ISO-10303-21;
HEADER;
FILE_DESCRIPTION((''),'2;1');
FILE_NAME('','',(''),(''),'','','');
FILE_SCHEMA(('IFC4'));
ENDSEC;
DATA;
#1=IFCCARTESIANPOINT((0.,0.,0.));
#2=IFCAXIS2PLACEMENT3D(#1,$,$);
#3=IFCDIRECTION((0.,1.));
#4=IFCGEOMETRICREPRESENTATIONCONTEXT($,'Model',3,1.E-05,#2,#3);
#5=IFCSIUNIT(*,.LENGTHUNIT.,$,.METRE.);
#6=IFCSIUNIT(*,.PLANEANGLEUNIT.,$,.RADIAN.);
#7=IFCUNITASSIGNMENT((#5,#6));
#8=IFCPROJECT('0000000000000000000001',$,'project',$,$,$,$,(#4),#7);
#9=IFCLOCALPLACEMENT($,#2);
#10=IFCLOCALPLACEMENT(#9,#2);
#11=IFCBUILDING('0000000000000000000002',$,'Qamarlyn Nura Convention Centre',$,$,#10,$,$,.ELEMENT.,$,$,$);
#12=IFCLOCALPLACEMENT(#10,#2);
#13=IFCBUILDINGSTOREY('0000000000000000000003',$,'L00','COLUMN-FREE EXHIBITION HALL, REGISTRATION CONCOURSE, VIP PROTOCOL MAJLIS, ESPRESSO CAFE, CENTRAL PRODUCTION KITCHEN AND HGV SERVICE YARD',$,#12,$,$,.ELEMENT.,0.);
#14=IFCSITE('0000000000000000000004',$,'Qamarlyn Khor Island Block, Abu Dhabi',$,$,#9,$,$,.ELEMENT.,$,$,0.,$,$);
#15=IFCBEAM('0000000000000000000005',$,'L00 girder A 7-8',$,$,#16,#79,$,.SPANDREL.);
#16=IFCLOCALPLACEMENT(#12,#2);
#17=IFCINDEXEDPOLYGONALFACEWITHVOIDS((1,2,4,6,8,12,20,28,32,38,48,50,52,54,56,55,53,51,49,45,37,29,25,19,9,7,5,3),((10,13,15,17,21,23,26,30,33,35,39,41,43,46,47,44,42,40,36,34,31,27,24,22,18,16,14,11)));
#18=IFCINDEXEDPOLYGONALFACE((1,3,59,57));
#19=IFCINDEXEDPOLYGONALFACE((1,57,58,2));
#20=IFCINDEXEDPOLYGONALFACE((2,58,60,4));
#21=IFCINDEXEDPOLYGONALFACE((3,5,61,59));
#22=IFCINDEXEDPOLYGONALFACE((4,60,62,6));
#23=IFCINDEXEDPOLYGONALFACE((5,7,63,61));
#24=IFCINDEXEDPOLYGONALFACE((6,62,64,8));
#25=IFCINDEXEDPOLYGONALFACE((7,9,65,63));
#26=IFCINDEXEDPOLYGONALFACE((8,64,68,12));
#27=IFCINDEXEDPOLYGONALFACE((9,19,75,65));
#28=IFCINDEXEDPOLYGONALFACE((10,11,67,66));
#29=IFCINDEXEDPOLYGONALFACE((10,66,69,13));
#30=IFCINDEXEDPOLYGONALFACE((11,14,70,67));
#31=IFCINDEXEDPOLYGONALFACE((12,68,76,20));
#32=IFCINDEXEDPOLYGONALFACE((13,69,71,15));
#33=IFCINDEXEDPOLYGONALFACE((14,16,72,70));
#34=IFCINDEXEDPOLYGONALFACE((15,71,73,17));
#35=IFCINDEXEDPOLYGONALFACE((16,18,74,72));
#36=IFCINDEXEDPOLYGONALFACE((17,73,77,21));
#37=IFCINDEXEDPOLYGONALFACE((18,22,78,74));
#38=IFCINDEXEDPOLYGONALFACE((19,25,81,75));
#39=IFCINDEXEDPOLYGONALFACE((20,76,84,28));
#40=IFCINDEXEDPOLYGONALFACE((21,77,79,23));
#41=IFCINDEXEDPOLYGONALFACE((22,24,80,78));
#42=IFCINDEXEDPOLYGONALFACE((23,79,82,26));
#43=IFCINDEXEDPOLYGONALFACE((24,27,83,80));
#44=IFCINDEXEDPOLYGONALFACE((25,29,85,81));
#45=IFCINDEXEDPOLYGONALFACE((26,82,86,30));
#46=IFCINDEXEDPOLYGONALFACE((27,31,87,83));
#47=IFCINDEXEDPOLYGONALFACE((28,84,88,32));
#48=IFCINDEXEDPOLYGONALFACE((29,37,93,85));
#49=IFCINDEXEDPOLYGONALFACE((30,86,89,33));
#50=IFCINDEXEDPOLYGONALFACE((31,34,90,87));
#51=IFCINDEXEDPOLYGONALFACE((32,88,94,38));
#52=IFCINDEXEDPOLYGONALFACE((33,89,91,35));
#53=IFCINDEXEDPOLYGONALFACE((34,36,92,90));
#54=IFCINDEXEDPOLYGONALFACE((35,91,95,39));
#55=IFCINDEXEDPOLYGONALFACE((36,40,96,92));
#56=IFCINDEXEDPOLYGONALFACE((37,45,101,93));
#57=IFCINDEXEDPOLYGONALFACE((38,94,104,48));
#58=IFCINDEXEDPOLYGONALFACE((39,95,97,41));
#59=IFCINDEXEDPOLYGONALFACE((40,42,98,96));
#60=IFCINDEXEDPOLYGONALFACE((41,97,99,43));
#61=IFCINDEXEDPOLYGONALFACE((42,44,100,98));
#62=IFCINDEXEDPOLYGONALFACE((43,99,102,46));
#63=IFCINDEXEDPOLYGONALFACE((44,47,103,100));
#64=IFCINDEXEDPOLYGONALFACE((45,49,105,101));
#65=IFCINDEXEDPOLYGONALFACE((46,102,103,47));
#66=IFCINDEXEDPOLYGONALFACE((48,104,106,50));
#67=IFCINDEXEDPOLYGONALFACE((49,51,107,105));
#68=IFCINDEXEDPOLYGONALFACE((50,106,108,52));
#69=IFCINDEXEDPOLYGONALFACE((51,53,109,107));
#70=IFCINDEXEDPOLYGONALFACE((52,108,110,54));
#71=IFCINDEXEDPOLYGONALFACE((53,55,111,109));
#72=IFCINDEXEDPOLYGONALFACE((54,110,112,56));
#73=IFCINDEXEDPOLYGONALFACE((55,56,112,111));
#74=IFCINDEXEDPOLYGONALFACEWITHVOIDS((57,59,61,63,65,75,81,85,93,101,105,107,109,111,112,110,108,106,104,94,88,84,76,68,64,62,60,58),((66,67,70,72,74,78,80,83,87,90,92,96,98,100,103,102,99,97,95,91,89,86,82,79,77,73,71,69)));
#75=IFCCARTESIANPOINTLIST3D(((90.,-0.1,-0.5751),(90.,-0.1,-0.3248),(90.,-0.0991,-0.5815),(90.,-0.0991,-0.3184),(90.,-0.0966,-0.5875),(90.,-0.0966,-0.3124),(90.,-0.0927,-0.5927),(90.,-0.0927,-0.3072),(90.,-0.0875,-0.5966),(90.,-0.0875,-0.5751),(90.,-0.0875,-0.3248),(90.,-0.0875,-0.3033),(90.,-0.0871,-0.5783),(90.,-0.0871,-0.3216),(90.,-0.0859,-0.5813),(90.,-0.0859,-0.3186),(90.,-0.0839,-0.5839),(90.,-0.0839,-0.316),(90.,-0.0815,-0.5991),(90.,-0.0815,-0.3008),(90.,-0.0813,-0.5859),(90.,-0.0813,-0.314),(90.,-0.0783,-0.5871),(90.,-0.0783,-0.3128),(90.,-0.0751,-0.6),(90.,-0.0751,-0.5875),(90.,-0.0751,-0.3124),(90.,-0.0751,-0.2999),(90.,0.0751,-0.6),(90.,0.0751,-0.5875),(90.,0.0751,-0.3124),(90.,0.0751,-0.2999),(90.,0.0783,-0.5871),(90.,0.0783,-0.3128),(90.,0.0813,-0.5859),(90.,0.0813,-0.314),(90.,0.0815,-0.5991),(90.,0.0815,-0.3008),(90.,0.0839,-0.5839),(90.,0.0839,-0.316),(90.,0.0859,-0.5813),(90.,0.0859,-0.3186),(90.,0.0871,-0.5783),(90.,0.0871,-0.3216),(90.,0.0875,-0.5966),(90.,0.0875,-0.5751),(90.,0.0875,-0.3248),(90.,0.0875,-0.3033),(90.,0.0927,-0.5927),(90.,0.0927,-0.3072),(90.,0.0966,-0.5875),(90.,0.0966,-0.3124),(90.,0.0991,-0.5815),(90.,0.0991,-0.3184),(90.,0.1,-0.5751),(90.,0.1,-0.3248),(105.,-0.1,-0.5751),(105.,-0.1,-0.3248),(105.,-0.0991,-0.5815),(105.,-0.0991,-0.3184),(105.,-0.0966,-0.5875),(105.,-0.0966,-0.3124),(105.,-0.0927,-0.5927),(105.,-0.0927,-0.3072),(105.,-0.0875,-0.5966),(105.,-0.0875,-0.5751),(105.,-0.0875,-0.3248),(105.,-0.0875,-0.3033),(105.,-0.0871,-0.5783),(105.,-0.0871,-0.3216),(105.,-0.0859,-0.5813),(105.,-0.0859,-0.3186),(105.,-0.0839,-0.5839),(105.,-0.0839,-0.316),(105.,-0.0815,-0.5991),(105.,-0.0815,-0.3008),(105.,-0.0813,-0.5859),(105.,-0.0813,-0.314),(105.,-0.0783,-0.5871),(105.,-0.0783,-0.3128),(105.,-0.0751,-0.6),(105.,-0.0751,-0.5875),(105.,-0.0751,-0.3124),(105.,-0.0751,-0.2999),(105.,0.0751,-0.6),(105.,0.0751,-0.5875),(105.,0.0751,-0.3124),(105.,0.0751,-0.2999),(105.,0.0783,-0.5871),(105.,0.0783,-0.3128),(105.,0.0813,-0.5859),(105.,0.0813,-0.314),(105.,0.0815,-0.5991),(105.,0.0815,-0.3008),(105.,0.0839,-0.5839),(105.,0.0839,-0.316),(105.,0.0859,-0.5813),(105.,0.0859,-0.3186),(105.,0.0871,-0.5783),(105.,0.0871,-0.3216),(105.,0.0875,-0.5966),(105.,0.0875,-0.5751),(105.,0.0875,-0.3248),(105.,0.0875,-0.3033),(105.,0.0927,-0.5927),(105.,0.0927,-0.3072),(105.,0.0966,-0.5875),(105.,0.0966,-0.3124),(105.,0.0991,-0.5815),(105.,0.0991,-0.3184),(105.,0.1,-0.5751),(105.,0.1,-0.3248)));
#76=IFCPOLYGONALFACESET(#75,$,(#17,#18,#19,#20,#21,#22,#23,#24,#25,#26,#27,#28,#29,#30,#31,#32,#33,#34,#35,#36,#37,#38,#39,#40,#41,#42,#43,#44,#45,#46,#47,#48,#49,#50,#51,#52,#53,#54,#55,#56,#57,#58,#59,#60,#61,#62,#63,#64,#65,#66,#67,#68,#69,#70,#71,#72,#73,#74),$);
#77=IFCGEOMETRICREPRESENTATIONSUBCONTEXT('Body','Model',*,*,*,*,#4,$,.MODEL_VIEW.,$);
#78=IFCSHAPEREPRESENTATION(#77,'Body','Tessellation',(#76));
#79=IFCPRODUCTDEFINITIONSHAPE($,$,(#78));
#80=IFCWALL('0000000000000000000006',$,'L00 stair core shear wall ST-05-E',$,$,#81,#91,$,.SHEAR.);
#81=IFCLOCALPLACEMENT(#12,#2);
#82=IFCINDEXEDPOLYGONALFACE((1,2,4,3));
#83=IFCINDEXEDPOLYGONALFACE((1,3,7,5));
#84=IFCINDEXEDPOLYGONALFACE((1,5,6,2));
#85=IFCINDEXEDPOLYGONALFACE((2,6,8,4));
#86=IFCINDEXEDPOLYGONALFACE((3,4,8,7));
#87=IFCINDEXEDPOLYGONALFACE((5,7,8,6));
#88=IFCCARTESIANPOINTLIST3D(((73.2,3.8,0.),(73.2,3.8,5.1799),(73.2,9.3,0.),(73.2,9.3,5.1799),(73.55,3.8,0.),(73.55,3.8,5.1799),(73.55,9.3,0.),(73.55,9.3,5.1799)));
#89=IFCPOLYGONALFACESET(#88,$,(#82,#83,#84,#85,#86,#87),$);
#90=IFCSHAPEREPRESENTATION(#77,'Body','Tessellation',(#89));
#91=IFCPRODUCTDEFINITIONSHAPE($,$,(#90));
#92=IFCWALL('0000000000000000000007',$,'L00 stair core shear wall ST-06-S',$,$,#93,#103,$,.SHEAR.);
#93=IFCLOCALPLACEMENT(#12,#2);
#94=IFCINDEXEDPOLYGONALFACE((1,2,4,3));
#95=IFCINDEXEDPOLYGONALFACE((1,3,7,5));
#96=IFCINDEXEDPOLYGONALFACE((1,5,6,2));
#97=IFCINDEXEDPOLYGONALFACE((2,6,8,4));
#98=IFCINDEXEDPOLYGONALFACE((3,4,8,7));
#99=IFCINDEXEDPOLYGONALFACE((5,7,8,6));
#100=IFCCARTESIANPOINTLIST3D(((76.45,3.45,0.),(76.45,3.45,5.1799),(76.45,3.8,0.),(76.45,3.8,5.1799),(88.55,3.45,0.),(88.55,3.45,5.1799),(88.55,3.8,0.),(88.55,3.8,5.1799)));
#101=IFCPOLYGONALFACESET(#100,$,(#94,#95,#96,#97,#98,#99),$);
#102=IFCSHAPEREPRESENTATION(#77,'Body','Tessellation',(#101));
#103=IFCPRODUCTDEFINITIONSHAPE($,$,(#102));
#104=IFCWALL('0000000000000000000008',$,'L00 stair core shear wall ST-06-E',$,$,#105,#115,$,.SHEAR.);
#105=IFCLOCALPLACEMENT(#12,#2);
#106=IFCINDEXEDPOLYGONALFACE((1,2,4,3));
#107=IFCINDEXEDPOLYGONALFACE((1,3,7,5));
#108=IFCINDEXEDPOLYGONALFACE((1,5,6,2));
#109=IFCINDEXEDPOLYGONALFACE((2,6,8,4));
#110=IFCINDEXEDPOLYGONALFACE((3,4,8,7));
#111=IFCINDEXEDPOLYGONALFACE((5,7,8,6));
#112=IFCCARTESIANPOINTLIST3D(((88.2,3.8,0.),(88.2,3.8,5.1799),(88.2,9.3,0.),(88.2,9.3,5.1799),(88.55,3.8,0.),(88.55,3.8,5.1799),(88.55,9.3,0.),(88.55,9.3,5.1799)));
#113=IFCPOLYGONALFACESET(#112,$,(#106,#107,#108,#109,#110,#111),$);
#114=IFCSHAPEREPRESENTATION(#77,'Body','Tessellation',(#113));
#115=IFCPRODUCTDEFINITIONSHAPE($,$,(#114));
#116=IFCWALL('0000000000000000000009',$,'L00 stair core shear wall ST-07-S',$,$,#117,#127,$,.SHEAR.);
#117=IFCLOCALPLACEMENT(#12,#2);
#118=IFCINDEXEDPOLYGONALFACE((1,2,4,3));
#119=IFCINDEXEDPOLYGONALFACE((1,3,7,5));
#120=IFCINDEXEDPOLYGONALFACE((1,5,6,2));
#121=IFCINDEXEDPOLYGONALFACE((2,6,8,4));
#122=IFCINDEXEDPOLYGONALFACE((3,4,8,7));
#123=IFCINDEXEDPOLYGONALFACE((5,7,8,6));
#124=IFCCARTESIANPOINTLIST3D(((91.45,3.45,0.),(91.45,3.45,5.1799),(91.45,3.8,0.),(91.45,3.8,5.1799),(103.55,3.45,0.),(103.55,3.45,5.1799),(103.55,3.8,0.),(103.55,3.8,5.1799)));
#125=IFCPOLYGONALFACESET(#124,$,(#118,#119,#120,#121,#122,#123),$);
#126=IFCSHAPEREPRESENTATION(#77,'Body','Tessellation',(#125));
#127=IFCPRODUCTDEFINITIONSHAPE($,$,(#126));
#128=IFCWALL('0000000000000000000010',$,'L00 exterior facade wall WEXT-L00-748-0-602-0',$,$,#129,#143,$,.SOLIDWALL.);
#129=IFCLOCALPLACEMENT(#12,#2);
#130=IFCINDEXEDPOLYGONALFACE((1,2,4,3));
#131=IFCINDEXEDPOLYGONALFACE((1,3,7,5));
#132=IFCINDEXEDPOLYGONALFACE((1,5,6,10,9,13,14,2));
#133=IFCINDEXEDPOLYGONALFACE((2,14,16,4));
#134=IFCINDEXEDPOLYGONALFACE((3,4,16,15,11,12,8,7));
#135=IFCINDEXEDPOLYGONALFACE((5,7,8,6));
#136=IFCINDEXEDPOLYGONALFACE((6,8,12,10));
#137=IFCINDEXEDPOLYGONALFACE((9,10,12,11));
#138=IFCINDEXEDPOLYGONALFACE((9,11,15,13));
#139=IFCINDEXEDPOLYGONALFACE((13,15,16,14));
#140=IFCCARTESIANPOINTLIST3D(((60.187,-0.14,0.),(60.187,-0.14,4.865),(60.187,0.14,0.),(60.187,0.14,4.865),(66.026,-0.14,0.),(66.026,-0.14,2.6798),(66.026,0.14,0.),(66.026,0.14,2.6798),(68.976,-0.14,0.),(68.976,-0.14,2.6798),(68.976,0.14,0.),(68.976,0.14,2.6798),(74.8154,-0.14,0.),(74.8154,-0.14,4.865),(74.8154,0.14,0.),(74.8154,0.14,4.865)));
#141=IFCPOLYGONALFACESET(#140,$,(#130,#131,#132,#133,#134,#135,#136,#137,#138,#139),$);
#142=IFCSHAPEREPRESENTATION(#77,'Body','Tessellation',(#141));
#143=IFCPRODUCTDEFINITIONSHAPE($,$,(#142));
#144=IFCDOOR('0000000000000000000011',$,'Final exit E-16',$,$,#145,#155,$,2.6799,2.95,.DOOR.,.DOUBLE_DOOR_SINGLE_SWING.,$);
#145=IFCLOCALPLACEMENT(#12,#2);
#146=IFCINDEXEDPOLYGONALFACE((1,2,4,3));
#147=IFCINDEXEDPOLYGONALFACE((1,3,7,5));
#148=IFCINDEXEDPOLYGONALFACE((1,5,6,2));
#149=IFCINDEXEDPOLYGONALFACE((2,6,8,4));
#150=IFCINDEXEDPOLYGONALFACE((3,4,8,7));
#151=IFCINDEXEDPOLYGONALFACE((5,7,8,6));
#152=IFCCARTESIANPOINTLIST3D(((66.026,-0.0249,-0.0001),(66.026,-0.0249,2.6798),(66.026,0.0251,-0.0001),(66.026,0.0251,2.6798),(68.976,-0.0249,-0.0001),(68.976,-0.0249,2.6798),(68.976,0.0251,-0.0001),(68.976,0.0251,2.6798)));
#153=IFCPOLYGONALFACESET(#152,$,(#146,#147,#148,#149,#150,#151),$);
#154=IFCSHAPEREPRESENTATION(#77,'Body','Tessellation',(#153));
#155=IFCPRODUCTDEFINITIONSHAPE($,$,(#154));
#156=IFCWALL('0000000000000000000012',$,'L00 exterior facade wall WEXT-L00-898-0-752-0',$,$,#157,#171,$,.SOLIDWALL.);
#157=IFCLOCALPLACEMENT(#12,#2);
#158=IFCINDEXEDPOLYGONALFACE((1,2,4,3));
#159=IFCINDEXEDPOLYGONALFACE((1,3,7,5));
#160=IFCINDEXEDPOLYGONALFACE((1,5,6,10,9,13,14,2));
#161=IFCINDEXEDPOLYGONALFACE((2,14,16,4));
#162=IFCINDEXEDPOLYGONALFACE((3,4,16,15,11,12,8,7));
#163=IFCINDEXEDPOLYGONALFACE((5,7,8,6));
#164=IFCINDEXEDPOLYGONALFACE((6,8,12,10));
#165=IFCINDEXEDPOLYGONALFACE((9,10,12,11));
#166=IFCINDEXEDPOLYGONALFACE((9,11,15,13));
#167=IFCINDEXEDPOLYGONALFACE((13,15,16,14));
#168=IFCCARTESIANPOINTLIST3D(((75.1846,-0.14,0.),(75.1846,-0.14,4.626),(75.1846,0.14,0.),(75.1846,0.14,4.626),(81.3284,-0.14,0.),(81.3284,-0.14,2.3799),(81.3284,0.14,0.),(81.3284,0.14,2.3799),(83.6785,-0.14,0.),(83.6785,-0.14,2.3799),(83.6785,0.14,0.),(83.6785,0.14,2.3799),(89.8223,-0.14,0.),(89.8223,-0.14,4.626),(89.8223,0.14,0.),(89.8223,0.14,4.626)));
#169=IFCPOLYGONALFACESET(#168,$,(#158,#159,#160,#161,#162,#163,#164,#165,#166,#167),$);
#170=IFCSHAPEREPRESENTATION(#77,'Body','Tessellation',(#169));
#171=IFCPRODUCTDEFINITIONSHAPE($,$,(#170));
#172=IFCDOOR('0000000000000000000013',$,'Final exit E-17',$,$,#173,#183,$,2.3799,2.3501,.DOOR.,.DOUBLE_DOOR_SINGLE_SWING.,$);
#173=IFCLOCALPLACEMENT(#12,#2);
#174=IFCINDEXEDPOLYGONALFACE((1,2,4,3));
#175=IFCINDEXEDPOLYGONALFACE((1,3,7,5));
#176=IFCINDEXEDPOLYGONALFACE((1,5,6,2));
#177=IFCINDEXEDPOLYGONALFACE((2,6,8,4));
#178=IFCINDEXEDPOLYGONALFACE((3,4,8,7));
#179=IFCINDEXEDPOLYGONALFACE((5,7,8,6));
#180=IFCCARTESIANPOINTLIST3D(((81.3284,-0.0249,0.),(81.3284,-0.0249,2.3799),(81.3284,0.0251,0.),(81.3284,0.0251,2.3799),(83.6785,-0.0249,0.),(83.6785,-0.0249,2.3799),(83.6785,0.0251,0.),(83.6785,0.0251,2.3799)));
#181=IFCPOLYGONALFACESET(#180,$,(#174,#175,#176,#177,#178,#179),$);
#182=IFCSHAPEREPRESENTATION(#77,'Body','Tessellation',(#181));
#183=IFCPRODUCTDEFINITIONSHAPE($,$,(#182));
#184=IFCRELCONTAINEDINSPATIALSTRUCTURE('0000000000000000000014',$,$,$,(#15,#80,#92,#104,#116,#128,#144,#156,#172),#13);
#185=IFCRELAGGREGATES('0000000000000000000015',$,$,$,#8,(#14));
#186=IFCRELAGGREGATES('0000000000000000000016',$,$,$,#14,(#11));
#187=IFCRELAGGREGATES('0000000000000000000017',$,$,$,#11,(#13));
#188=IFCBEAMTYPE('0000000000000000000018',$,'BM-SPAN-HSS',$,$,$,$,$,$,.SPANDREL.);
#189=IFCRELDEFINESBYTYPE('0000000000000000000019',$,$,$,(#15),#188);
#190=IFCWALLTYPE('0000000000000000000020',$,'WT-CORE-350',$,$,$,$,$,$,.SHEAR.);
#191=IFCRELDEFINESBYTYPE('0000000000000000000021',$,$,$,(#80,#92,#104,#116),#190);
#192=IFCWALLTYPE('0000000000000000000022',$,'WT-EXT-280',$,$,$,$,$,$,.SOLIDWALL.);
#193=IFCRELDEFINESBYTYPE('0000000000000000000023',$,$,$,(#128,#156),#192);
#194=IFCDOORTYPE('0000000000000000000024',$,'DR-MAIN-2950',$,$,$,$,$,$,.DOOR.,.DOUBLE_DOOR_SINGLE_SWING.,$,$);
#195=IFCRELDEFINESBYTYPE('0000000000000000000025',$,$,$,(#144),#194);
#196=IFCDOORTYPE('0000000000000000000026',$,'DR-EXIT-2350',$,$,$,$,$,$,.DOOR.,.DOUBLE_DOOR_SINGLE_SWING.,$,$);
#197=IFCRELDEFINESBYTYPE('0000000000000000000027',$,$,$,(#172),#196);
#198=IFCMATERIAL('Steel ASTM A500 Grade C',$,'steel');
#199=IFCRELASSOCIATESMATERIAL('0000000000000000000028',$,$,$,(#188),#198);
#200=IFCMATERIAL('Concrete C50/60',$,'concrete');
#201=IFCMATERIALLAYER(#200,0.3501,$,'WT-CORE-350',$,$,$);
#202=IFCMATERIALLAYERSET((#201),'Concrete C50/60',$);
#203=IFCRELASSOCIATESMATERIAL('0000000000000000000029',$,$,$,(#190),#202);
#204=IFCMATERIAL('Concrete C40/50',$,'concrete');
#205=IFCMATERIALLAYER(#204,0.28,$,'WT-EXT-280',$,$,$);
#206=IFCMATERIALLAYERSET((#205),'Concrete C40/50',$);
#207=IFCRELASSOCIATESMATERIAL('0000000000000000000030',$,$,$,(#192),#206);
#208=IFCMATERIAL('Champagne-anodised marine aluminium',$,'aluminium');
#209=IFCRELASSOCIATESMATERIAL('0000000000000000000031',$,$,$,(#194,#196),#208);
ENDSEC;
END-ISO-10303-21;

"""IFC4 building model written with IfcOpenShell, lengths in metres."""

from ifc_helpers import new_model, si_unit, direction, frame, frame_2d, origin, origin_2d, place, context, subcontext, project, spatial, rectangle, hollow_rectangle, extrude, material, layer, layer_set, material_profile, profile_set, type_object, element, fill, save


model = new_model("IFC4")

# Units and contexts
model_context = context("Model", 3, precision=1e-05, world=origin(), true_north=direction((0.0, 1.0)))
body_context = subcontext(model_context, "Body", "Model", "MODEL_VIEW")
ifc_project = project(units=[si_unit("LENGTHUNIT", "METRE"), si_unit("PLANEANGLEUNIT", "RADIAN")], contexts=[model_context])

# Site, building, storey
site_placement = place(None, origin())
site = spatial("IfcSite", under=ifc_project, at=site_placement, Name="Qamarlyn Khor Island Block, Abu Dhabi", CompositionType="ELEMENT", RefElevation=0.0)
building_placement = place(site_placement, origin())
building = spatial("IfcBuilding", under=site, at=building_placement, Name="Qamarlyn Nura Convention Centre", CompositionType="ELEMENT")
storey_placement = place(building_placement, origin())
storey = spatial("IfcBuildingStorey", under=building, at=storey_placement, Name="L00", Description="COLUMN-FREE EXHIBITION HALL, REGISTRATION CONCOURSE, VIP PROTOCOL MAJLIS, ESPRESSO CAFE, CENTRAL PRODUCTION KITCHEN AND HGV SERVICE YARD", CompositionType="ELEMENT", Elevation=0.0)

# Beam
ifc_material_1 = material(Name="Steel ASTM A500 Grade C", Category="steel")
ifc_material_profile_1 = material_profile(ifc_material_1, hollow_rectangle(XDim=0.2, YDim=0.3, WallThickness=0.0125, InnerFilletRadius=0.0125, OuterFilletRadius=0.0249, at=origin_2d()), Name="HSS300X200X12.5")
ifc_profile_set_1 = profile_set([ifc_material_profile_1], Name="Steel ASTM A500 Grade C")
beam_type_1 = type_object("IfcBeamType", Name="BM-SPAN-HSS", PredefinedType="SPANDREL", material=ifc_profile_set_1)
beam_1_placement = place(storey_placement, frame((90.0, 0.0, -0.45), z_axis=(1.0, 0.0, 0.0), x_axis=(0.0, 1.0, 0.0)))
element("IfcBeam", 1, at=beam_1_placement, inside=storey, type_object=beam_type_1, Name="L00 girder A 7-8", PredefinedType="SPANDREL", context=body_context, shape_type="SweptSolid", body=[
    extrude(hollow_rectangle(XDim=0.2, YDim=0.3, WallThickness=0.0125, InnerFilletRadius=0.0125, OuterFilletRadius=0.0249, at=origin_2d()), origin(), (0.0, 0.0, 1.0), 15.0),
])

# Walls
ifc_material_2 = material(Name="Concrete C50/60", Category="concrete")
ifc_layer_1 = layer(ifc_material_2, 0.3501, Name="WT-CORE-350")
ifc_layer_set_1 = layer_set([ifc_layer_1], Name="Concrete C50/60")
wall_type_1 = type_object("IfcWallType", Name="WT-CORE-350", PredefinedType="SHEAR", material=ifc_layer_set_1)
wall_1_placement = place(storey_placement, frame((73.375, 3.8, 0.0), z_axis=(0.0, 0.0, 1.0), x_axis=(0.0, 1.0, 0.0)))
element("IfcWall", 2, at=wall_1_placement, inside=storey, type_object=wall_type_1, Name="L00 stair core shear wall ST-05-E", PredefinedType="SHEAR", context=body_context, shape_type="SweptSolid", body=[
    extrude(rectangle(XDim=5.5, YDim=0.3501, at=frame_2d((2.75, 0.0))), origin(), (0.0, 0.0, 1.0), 5.1799),
])
wall_2_placement = place(storey_placement, frame((76.45, 3.625, 0.0), z_axis=(0.0, 0.0, 1.0), x_axis=(1.0, 0.0, 0.0)))
element("IfcWall", 3, at=wall_2_placement, inside=storey, type_object=wall_type_1, Name="L00 stair core shear wall ST-06-S", PredefinedType="SHEAR", context=body_context, shape_type="SweptSolid", body=[
    extrude(rectangle(XDim=12.1001, YDim=0.3501, at=frame_2d((6.05, 0.0))), origin(), (0.0, 0.0, 1.0), 5.1799),
])
wall_3_placement = place(storey_placement, frame((88.375, 3.8, 0.0), z_axis=(0.0, 0.0, 1.0), x_axis=(0.0, 1.0, 0.0)))
element("IfcWall", 4, at=wall_3_placement, inside=storey, type_object=wall_type_1, Name="L00 stair core shear wall ST-06-E", PredefinedType="SHEAR", context=body_context, shape_type="SweptSolid", body=[
    extrude(rectangle(XDim=5.5, YDim=0.3501, at=frame_2d((2.75, 0.0))), origin(), (0.0, 0.0, 1.0), 5.1799),
])
wall_4_placement = place(storey_placement, frame((91.45, 3.625, 0.0), z_axis=(0.0, 0.0, 1.0), x_axis=(1.0, 0.0, 0.0)))
element("IfcWall", 5, at=wall_4_placement, inside=storey, type_object=wall_type_1, Name="L00 stair core shear wall ST-07-S", PredefinedType="SHEAR", context=body_context, shape_type="SweptSolid", body=[
    extrude(rectangle(XDim=12.1001, YDim=0.3501, at=frame_2d((6.05, 0.0))), origin(), (0.0, 0.0, 1.0), 5.1799),
])

# Walls, openings, doors
ifc_material_3 = material(Name="Concrete C40/50", Category="concrete")
ifc_layer_2 = layer(ifc_material_3, 0.28, Name="WT-EXT-280")
ifc_layer_set_2 = layer_set([ifc_layer_2], Name="Concrete C40/50")
wall_type_2 = type_object("IfcWallType", Name="WT-EXT-280", PredefinedType="SOLIDWALL", material=ifc_layer_set_2)
wall_5_placement = place(storey_placement, frame((74.8154, 0.0, 0.0), z_axis=(0.0, 0.0, 1.0), x_axis=(-1.0, 0.0, 0.0)))
wall_5 = element("IfcWall", 6, at=wall_5_placement, inside=storey, type_object=wall_type_2, Name="L00 exterior facade wall WEXT-L00-748-0-602-0", PredefinedType="SOLIDWALL", context=body_context, shape_type="SweptSolid", body=[
    extrude(rectangle(XDim=14.6284, YDim=0.28, at=frame_2d((7.3142, 0.0))), origin(), (0.0, 0.0, 1.0), 4.865),
])
opening_1_placement = place(wall_5_placement, frame((5.8394, 0.0, 0.0)))
opening_1 = element("IfcOpeningElement", 7, at=opening_1_placement, cuts=wall_5, PredefinedType="OPENING", context=body_context, shape_type="SweptSolid", body=[
    extrude(rectangle(XDim=2.95, YDim=2.6799, at=frame_2d((1.4751, 1.3398))), frame((0.0, 0.1499, 0.0), z_axis=(0.0, -1.0, 0.0), x_axis=(1.0, 0.0, 0.0)), (0.0, 0.0, 1.0), 0.3),
])
ifc_material_4 = material(Name="Champagne-anodised marine aluminium", Category="aluminium")
door_type_1 = type_object("IfcDoorType", Name="DR-MAIN-2950", OperationType="DOUBLE_DOOR_SINGLE_SWING", PredefinedType="DOOR", material=ifc_material_4)
door_1_placement = place(opening_1_placement, origin())
door_1 = element("IfcDoor", 8, at=door_1_placement, inside=storey, type_object=door_type_1, Name="Final exit E-16", OperationType="DOUBLE_DOOR_SINGLE_SWING", OverallHeight=2.6799, OverallWidth=2.95, PredefinedType="DOOR", context=body_context, shape_type="SweptSolid", body=[
    extrude(rectangle(XDim=2.95, YDim=2.6799, at=frame_2d((1.4751, 1.3398))), frame((0.0, 0.0249, 0.0), z_axis=(0.0, -1.0, 0.0), x_axis=(1.0, 0.0, 0.0)), (0.0, 0.0, 1.0), 0.05),
])
fill(opening_1, door_1)
wall_6_placement = place(storey_placement, frame((89.8223, 0.0, 0.0), z_axis=(0.0, 0.0, 1.0), x_axis=(-1.0, 0.0, 0.0)))
wall_6 = element("IfcWall", 9, at=wall_6_placement, inside=storey, type_object=wall_type_2, Name="L00 exterior facade wall WEXT-L00-898-0-752-0", PredefinedType="SOLIDWALL", context=body_context, shape_type="SweptSolid", body=[
    extrude(rectangle(XDim=14.6377, YDim=0.28, at=frame_2d((7.3188, 0.0))), origin(), (0.0, 0.0, 1.0), 4.626),
])
opening_2_placement = place(wall_6_placement, frame((6.1438, 0.0, 0.0)))
opening_2 = element("IfcOpeningElement", 10, at=opening_2_placement, cuts=wall_6, PredefinedType="OPENING", context=body_context, shape_type="SweptSolid", body=[
    extrude(rectangle(XDim=2.3501, YDim=2.3799, at=frame_2d((1.175, 1.1899))), frame((0.0, 0.1499, 0.0), z_axis=(0.0, -1.0, 0.0), x_axis=(1.0, 0.0, 0.0)), (0.0, 0.0, 1.0), 0.3),
])
door_type_2 = type_object("IfcDoorType", Name="DR-EXIT-2350", OperationType="DOUBLE_DOOR_SINGLE_SWING", PredefinedType="DOOR", material=ifc_material_4)
door_2_placement = place(opening_2_placement, origin())
door_2 = element("IfcDoor", 11, at=door_2_placement, inside=storey, type_object=door_type_2, Name="Final exit E-17", OperationType="DOUBLE_DOOR_SINGLE_SWING", OverallHeight=2.3799, OverallWidth=2.3501, PredefinedType="DOOR", context=body_context, shape_type="SweptSolid", body=[
    extrude(rectangle(XDim=2.3501, YDim=2.3799, at=frame_2d((1.175, 1.1899))), frame((0.0, 0.0249, 0.0), z_axis=(0.0, -1.0, 0.0), x_axis=(1.0, 0.0, 0.0)), (0.0, 0.0, 1.0), 0.05),
])
fill(opening_2, door_2)

save(model, "model.ifc")
